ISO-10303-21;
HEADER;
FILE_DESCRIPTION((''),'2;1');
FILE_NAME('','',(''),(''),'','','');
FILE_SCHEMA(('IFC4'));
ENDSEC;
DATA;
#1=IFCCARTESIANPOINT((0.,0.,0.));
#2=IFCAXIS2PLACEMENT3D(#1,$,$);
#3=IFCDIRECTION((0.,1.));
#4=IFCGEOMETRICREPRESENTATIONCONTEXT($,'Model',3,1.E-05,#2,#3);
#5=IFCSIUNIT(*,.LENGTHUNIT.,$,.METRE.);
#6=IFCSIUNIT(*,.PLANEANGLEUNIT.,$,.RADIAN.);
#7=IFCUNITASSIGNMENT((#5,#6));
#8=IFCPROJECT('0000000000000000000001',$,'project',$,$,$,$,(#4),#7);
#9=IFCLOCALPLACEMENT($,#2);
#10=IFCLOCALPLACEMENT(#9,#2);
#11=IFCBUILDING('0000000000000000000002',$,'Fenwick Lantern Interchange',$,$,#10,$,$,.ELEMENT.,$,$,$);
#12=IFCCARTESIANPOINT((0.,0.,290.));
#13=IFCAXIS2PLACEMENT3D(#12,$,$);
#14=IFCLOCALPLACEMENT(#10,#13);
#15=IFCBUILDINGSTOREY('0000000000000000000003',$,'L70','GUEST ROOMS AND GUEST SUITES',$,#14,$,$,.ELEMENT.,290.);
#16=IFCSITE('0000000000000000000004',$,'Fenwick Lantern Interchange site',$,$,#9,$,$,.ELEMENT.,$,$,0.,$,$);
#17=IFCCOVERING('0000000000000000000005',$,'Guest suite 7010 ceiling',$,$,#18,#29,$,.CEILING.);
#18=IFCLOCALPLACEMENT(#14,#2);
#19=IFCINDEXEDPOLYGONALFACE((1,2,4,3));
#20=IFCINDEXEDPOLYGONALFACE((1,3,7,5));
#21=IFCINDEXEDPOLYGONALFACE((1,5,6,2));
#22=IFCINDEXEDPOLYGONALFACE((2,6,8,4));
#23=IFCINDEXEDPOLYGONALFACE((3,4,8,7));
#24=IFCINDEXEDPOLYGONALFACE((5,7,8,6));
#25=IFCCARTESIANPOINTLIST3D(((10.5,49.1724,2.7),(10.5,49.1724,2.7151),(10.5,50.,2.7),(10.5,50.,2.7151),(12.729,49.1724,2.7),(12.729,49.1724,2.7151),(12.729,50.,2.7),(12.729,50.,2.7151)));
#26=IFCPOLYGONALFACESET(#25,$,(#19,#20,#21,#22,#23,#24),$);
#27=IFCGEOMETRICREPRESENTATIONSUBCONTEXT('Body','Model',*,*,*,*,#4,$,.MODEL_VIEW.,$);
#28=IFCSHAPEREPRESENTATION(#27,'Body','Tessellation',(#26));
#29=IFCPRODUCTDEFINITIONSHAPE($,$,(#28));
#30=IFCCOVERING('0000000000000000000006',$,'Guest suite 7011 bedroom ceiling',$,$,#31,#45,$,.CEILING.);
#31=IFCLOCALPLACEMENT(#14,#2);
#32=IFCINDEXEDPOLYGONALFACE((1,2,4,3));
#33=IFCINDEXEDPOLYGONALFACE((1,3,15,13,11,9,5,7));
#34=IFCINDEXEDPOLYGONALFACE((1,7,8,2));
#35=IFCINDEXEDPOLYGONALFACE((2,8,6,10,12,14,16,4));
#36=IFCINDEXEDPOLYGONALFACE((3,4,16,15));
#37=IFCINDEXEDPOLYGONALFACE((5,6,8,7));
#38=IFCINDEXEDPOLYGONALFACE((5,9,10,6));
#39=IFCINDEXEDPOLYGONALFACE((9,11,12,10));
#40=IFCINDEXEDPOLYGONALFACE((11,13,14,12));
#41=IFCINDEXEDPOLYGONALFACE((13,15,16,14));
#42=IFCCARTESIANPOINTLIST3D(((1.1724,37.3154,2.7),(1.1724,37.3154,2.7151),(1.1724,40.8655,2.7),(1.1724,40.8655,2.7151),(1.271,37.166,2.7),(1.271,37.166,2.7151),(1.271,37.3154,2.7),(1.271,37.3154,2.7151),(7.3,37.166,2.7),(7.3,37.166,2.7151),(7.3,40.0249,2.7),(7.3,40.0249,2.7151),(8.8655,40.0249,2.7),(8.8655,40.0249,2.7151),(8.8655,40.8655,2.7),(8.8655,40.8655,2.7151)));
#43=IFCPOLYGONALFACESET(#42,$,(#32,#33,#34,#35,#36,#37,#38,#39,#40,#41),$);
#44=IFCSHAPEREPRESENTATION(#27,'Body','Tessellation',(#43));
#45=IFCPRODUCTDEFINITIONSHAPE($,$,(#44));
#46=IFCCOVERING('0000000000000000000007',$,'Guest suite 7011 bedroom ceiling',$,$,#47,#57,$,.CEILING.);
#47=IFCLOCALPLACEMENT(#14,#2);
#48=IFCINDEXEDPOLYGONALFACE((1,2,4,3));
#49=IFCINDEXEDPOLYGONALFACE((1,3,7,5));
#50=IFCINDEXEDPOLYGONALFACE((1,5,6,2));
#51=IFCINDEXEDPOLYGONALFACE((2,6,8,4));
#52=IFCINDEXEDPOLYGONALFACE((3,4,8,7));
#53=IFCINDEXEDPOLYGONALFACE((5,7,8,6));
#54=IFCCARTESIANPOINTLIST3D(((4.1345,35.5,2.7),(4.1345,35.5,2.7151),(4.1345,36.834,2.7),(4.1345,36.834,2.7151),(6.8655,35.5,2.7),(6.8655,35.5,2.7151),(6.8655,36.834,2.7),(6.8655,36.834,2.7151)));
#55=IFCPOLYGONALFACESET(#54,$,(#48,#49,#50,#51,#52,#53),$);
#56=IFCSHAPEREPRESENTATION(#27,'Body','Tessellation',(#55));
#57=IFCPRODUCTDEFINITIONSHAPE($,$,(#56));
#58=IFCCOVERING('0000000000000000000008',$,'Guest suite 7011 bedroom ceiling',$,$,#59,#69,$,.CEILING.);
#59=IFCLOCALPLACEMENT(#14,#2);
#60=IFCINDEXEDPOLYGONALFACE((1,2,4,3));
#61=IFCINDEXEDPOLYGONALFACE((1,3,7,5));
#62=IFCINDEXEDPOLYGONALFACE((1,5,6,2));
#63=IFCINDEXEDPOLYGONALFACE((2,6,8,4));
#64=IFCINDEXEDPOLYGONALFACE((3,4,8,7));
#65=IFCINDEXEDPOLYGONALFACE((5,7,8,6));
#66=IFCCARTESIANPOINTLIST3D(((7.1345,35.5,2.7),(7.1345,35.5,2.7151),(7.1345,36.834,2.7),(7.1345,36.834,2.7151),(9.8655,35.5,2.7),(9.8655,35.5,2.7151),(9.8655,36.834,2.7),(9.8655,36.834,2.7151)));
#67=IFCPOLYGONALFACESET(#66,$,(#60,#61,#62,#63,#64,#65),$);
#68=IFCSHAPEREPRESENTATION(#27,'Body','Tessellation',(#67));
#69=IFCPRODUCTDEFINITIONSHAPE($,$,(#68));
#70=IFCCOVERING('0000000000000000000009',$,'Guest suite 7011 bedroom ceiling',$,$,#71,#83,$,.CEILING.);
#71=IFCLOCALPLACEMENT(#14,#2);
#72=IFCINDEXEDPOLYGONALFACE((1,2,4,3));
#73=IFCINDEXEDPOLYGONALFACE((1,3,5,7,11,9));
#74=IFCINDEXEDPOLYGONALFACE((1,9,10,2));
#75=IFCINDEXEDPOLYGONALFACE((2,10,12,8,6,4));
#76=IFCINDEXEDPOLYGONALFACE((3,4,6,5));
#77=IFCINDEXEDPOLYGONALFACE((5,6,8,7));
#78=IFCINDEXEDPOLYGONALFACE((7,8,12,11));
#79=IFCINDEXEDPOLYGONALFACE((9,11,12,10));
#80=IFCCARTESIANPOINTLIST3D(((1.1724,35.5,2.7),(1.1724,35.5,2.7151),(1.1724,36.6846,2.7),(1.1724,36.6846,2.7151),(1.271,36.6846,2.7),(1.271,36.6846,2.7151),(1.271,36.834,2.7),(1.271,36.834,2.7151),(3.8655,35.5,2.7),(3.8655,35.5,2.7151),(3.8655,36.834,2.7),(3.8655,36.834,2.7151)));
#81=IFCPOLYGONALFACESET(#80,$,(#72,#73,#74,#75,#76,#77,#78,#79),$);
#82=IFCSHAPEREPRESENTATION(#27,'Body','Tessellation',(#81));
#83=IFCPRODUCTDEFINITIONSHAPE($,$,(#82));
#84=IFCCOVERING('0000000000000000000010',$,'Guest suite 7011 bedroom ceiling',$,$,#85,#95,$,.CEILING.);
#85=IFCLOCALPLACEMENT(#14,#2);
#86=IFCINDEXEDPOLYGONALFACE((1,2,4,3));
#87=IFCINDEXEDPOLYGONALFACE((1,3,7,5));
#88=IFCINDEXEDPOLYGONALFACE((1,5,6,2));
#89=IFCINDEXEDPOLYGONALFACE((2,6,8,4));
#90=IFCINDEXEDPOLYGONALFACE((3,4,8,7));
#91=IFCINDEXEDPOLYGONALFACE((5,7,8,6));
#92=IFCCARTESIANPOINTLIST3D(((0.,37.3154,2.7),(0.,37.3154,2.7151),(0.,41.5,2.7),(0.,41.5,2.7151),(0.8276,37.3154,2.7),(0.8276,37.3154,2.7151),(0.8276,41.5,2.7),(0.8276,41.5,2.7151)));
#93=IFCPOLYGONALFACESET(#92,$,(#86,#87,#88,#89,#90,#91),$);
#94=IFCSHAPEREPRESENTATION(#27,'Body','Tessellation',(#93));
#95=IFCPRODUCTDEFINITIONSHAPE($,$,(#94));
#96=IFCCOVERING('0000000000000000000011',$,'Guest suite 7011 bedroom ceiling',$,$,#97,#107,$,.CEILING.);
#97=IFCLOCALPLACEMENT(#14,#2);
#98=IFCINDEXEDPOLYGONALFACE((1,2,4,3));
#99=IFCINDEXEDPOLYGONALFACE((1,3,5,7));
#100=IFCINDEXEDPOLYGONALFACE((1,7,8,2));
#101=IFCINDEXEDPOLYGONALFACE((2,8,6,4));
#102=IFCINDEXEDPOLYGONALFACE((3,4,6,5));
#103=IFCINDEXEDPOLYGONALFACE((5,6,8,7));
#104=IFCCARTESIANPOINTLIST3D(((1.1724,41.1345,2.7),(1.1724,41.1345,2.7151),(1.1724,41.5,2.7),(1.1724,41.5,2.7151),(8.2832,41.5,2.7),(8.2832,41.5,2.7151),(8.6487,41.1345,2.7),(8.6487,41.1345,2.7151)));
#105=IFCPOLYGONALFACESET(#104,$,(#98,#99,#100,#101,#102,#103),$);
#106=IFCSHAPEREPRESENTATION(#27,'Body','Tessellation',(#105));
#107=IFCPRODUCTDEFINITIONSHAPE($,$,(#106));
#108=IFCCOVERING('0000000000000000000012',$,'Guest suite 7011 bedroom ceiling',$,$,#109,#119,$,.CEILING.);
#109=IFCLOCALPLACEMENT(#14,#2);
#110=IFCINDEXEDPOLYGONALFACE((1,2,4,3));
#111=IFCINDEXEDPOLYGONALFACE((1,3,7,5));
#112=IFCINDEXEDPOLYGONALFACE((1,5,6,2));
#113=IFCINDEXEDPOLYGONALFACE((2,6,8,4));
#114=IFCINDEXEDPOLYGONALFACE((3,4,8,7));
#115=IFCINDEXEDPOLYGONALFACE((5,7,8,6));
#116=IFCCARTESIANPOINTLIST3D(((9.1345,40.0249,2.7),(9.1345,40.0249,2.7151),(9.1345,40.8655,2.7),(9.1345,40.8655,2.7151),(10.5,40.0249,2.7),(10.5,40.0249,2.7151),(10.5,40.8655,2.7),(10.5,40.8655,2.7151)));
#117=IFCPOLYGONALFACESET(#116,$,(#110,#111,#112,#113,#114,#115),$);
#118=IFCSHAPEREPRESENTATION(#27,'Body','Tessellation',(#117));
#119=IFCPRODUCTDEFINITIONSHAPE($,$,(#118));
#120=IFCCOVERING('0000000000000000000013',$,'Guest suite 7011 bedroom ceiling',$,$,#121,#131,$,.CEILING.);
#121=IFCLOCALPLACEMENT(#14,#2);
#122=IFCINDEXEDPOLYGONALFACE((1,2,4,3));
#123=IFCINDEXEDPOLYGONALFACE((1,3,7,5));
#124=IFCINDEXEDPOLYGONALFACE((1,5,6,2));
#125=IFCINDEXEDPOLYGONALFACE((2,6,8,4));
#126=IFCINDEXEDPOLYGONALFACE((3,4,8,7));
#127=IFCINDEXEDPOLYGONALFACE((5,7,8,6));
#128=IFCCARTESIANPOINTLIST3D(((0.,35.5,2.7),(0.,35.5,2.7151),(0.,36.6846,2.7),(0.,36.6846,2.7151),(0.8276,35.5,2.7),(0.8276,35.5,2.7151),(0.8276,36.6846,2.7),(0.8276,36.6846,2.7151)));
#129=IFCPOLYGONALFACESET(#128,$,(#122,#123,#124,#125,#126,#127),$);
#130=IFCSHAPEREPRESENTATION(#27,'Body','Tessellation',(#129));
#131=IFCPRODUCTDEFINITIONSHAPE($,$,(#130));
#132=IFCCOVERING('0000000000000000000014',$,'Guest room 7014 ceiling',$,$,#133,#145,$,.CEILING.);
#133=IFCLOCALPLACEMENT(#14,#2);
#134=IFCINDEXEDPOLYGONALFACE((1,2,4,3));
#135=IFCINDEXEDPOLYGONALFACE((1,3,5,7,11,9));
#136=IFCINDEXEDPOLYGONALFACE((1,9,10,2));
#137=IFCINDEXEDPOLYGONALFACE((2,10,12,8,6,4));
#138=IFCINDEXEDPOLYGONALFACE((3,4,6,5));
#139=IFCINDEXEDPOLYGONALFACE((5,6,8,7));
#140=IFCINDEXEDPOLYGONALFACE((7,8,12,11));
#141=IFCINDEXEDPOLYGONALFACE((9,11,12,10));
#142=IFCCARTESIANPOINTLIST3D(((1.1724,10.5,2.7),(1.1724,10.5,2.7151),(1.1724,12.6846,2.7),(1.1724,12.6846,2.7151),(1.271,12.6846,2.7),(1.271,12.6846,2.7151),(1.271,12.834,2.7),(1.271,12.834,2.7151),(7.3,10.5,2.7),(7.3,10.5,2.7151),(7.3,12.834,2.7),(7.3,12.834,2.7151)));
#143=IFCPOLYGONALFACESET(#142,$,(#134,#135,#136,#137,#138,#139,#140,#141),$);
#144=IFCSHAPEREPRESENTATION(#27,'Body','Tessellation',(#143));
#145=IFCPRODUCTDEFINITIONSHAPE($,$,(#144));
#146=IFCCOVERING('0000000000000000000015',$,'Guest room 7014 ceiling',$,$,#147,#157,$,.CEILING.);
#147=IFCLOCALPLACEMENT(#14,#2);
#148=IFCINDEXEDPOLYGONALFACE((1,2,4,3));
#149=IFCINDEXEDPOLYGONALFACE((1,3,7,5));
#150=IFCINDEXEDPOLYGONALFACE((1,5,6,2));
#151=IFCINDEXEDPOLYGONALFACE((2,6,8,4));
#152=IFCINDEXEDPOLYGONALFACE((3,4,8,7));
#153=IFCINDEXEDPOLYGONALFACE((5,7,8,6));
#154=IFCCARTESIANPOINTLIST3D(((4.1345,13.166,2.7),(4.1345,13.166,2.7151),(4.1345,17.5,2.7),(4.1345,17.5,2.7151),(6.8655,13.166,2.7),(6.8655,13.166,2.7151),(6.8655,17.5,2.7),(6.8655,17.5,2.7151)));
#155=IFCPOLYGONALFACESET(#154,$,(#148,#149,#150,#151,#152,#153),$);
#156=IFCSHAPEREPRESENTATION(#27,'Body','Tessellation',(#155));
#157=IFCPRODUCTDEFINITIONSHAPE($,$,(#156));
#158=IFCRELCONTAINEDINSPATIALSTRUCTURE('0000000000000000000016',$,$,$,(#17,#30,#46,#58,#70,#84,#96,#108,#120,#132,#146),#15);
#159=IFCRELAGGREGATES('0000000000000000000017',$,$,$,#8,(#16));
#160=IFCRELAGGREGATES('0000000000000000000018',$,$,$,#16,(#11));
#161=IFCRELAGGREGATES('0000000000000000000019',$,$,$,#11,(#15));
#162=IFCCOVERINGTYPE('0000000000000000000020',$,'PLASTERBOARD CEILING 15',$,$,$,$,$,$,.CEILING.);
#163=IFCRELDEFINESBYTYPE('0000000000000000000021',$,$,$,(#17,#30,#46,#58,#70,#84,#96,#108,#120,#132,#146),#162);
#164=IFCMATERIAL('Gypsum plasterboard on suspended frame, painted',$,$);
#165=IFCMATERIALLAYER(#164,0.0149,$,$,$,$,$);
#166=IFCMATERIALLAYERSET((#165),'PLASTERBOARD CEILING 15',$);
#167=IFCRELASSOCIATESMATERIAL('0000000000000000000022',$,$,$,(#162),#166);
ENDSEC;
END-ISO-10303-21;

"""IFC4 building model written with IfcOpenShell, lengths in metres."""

from ifc_helpers import new_model, si_unit, direction, frame, origin, place, context, subcontext, project, spatial, polyline, outline, extrude, material, layer, layer_set, type_object, element, save


model = new_model("IFC4")

# Units and contexts
model_context = context("Model", 3, precision=1e-05, world=origin(), true_north=direction((0.0, 1.0)))
body_context = subcontext(model_context, "Body", "Model", "MODEL_VIEW")
ifc_project = project(units=[si_unit("LENGTHUNIT", "METRE"), si_unit("PLANEANGLEUNIT", "RADIAN")], contexts=[model_context])

# Site, building, storey
site_placement = place(None, origin())
site = spatial("IfcSite", under=ifc_project, at=site_placement, Name="Fenwick Lantern Interchange site", CompositionType="ELEMENT", RefElevation=0.0)
building_placement = place(site_placement, origin())
building = spatial("IfcBuilding", under=site, at=building_placement, Name="Fenwick Lantern Interchange", CompositionType="ELEMENT")
storey_placement = place(building_placement, frame((0.0, 0.0, 290.0)))
storey = spatial("IfcBuildingStorey", under=building, at=storey_placement, Name="L70", Description="GUEST ROOMS AND GUEST SUITES", CompositionType="ELEMENT", Elevation=290.0)

# Coverings
ifc_material = material(Name="Gypsum plasterboard on suspended frame, painted")
ifc_layer = layer(ifc_material, 0.0149)
ifc_layer_set = layer_set([ifc_layer], Name="PLASTERBOARD CEILING 15")
covering_type = type_object("IfcCoveringType", Name="PLASTERBOARD CEILING 15", PredefinedType="CEILING", material=ifc_layer_set)
covering_1_placement = place(storey_placement, frame((0.0, 0.0, 2.7)))
element("IfcCovering", 1, at=covering_1_placement, inside=storey, type_object=covering_type, Name="Guest suite 7010 ceiling", PredefinedType="CEILING", context=body_context, shape_type="SweptSolid", body=[
    extrude(outline(polyline([(12.729, 49.1724), (12.729, 50.0), (10.5, 50.0), (10.5, 49.1724), (12.729, 49.1724)])), origin(), (0.0, 0.0, 1.0), 0.0151),
])
covering_2_placement = place(storey_placement, frame((0.0, 0.0, 2.7)))
element("IfcCovering", 2, at=covering_2_placement, inside=storey, type_object=covering_type, Name="Guest suite 7011 bedroom ceiling", PredefinedType="CEILING", context=body_context, shape_type="SweptSolid", body=[
    extrude(outline(polyline([(1.271, 37.3154), (1.271, 37.166), (7.3, 37.166), (7.3, 40.0249), (8.8655, 40.0249), (8.8655, 40.8655), (1.1724, 40.8655), (1.1724, 37.3154), (1.271, 37.3154)])), origin(), (0.0, 0.0, 1.0), 0.0151),
])
covering_3_placement = place(storey_placement, frame((0.0, 0.0, 2.7)))
element("IfcCovering", 3, at=covering_3_placement, inside=storey, type_object=covering_type, Name="Guest suite 7011 bedroom ceiling", PredefinedType="CEILING", context=body_context, shape_type="SweptSolid", body=[
    extrude(outline(polyline([(4.1345, 35.5), (6.8655, 35.5), (6.8655, 36.834), (4.1345, 36.834), (4.1345, 35.5)])), origin(), (0.0, 0.0, 1.0), 0.0151),
])
covering_4_placement = place(storey_placement, frame((0.0, 0.0, 2.7)))
element("IfcCovering", 4, at=covering_4_placement, inside=storey, type_object=covering_type, Name="Guest suite 7011 bedroom ceiling", PredefinedType="CEILING", context=body_context, shape_type="SweptSolid", body=[
    extrude(outline(polyline([(7.1345, 35.5), (9.8655, 35.5), (9.8655, 36.834), (7.1345, 36.834), (7.1345, 35.5)])), origin(), (0.0, 0.0, 1.0), 0.0151),
])
covering_5_placement = place(storey_placement, frame((0.0, 0.0, 2.7)))
element("IfcCovering", 5, at=covering_5_placement, inside=storey, type_object=covering_type, Name="Guest suite 7011 bedroom ceiling", PredefinedType="CEILING", context=body_context, shape_type="SweptSolid", body=[
    extrude(outline(polyline([(1.271, 36.6846), (1.1724, 36.6846), (1.1724, 35.5), (3.8655, 35.5), (3.8655, 36.834), (1.271, 36.834), (1.271, 36.6846)])), origin(), (0.0, 0.0, 1.0), 0.0151),
])
covering_6_placement = place(storey_placement, frame((0.0, 0.0, 2.7)))
element("IfcCovering", 6, at=covering_6_placement, inside=storey, type_object=covering_type, Name="Guest suite 7011 bedroom ceiling", PredefinedType="CEILING", context=body_context, shape_type="SweptSolid", body=[
    extrude(outline(polyline([(0.0, 37.3154), (0.8276, 37.3154), (0.8276, 41.5), (0.0, 41.5), (0.0, 37.3154)])), origin(), (0.0, 0.0, 1.0), 0.0151),
])
covering_7_placement = place(storey_placement, frame((0.0, 0.0, 2.7)))
element("IfcCovering", 7, at=covering_7_placement, inside=storey, type_object=covering_type, Name="Guest suite 7011 bedroom ceiling", PredefinedType="CEILING", context=body_context, shape_type="SweptSolid", body=[
    extrude(outline(polyline([(8.2832, 41.5), (1.1724, 41.5), (1.1724, 41.1345), (8.6487, 41.1345), (8.2832, 41.5)])), origin(), (0.0, 0.0, 1.0), 0.0151),
])
covering_8_placement = place(storey_placement, frame((0.0, 0.0, 2.7)))
element("IfcCovering", 8, at=covering_8_placement, inside=storey, type_object=covering_type, Name="Guest suite 7011 bedroom ceiling", PredefinedType="CEILING", context=body_context, shape_type="SweptSolid", body=[
    extrude(outline(polyline([(10.5, 40.0249), (10.5, 40.8655), (9.1345, 40.8655), (9.1345, 40.0249), (10.5, 40.0249)])), origin(), (0.0, 0.0, 1.0), 0.0151),
])
covering_9_placement = place(storey_placement, frame((0.0, 0.0, 2.7)))
element("IfcCovering", 9, at=covering_9_placement, inside=storey, type_object=covering_type, Name="Guest suite 7011 bedroom ceiling", PredefinedType="CEILING", context=body_context, shape_type="SweptSolid", body=[
    extrude(outline(polyline([(0.0, 36.6846), (0.0, 35.5), (0.8276, 35.5), (0.8276, 36.6846), (0.0, 36.6846)])), origin(), (0.0, 0.0, 1.0), 0.0151),
])
covering_10_placement = place(storey_placement, frame((0.0, 0.0, 2.7)))
element("IfcCovering", 10, at=covering_10_placement, inside=storey, type_object=covering_type, Name="Guest room 7014 ceiling", PredefinedType="CEILING", context=body_context, shape_type="SweptSolid", body=[
    extrude(outline(polyline([(1.271, 12.6846), (1.1724, 12.6846), (1.1724, 10.5), (7.3, 10.5), (7.3, 12.834), (1.271, 12.834), (1.271, 12.6846)])), origin(), (0.0, 0.0, 1.0), 0.0151),
])
covering_11_placement = place(storey_placement, frame((0.0, 0.0, 2.7)))
element("IfcCovering", 11, at=covering_11_placement, inside=storey, type_object=covering_type, Name="Guest room 7014 ceiling", PredefinedType="CEILING", context=body_context, shape_type="SweptSolid", body=[
    extrude(outline(polyline([(6.8655, 17.5), (4.1345, 17.5), (4.1345, 13.166), (6.8655, 13.166), (6.8655, 17.5)])), origin(), (0.0, 0.0, 1.0), 0.0151),
])

save(model, "model.ifc")
